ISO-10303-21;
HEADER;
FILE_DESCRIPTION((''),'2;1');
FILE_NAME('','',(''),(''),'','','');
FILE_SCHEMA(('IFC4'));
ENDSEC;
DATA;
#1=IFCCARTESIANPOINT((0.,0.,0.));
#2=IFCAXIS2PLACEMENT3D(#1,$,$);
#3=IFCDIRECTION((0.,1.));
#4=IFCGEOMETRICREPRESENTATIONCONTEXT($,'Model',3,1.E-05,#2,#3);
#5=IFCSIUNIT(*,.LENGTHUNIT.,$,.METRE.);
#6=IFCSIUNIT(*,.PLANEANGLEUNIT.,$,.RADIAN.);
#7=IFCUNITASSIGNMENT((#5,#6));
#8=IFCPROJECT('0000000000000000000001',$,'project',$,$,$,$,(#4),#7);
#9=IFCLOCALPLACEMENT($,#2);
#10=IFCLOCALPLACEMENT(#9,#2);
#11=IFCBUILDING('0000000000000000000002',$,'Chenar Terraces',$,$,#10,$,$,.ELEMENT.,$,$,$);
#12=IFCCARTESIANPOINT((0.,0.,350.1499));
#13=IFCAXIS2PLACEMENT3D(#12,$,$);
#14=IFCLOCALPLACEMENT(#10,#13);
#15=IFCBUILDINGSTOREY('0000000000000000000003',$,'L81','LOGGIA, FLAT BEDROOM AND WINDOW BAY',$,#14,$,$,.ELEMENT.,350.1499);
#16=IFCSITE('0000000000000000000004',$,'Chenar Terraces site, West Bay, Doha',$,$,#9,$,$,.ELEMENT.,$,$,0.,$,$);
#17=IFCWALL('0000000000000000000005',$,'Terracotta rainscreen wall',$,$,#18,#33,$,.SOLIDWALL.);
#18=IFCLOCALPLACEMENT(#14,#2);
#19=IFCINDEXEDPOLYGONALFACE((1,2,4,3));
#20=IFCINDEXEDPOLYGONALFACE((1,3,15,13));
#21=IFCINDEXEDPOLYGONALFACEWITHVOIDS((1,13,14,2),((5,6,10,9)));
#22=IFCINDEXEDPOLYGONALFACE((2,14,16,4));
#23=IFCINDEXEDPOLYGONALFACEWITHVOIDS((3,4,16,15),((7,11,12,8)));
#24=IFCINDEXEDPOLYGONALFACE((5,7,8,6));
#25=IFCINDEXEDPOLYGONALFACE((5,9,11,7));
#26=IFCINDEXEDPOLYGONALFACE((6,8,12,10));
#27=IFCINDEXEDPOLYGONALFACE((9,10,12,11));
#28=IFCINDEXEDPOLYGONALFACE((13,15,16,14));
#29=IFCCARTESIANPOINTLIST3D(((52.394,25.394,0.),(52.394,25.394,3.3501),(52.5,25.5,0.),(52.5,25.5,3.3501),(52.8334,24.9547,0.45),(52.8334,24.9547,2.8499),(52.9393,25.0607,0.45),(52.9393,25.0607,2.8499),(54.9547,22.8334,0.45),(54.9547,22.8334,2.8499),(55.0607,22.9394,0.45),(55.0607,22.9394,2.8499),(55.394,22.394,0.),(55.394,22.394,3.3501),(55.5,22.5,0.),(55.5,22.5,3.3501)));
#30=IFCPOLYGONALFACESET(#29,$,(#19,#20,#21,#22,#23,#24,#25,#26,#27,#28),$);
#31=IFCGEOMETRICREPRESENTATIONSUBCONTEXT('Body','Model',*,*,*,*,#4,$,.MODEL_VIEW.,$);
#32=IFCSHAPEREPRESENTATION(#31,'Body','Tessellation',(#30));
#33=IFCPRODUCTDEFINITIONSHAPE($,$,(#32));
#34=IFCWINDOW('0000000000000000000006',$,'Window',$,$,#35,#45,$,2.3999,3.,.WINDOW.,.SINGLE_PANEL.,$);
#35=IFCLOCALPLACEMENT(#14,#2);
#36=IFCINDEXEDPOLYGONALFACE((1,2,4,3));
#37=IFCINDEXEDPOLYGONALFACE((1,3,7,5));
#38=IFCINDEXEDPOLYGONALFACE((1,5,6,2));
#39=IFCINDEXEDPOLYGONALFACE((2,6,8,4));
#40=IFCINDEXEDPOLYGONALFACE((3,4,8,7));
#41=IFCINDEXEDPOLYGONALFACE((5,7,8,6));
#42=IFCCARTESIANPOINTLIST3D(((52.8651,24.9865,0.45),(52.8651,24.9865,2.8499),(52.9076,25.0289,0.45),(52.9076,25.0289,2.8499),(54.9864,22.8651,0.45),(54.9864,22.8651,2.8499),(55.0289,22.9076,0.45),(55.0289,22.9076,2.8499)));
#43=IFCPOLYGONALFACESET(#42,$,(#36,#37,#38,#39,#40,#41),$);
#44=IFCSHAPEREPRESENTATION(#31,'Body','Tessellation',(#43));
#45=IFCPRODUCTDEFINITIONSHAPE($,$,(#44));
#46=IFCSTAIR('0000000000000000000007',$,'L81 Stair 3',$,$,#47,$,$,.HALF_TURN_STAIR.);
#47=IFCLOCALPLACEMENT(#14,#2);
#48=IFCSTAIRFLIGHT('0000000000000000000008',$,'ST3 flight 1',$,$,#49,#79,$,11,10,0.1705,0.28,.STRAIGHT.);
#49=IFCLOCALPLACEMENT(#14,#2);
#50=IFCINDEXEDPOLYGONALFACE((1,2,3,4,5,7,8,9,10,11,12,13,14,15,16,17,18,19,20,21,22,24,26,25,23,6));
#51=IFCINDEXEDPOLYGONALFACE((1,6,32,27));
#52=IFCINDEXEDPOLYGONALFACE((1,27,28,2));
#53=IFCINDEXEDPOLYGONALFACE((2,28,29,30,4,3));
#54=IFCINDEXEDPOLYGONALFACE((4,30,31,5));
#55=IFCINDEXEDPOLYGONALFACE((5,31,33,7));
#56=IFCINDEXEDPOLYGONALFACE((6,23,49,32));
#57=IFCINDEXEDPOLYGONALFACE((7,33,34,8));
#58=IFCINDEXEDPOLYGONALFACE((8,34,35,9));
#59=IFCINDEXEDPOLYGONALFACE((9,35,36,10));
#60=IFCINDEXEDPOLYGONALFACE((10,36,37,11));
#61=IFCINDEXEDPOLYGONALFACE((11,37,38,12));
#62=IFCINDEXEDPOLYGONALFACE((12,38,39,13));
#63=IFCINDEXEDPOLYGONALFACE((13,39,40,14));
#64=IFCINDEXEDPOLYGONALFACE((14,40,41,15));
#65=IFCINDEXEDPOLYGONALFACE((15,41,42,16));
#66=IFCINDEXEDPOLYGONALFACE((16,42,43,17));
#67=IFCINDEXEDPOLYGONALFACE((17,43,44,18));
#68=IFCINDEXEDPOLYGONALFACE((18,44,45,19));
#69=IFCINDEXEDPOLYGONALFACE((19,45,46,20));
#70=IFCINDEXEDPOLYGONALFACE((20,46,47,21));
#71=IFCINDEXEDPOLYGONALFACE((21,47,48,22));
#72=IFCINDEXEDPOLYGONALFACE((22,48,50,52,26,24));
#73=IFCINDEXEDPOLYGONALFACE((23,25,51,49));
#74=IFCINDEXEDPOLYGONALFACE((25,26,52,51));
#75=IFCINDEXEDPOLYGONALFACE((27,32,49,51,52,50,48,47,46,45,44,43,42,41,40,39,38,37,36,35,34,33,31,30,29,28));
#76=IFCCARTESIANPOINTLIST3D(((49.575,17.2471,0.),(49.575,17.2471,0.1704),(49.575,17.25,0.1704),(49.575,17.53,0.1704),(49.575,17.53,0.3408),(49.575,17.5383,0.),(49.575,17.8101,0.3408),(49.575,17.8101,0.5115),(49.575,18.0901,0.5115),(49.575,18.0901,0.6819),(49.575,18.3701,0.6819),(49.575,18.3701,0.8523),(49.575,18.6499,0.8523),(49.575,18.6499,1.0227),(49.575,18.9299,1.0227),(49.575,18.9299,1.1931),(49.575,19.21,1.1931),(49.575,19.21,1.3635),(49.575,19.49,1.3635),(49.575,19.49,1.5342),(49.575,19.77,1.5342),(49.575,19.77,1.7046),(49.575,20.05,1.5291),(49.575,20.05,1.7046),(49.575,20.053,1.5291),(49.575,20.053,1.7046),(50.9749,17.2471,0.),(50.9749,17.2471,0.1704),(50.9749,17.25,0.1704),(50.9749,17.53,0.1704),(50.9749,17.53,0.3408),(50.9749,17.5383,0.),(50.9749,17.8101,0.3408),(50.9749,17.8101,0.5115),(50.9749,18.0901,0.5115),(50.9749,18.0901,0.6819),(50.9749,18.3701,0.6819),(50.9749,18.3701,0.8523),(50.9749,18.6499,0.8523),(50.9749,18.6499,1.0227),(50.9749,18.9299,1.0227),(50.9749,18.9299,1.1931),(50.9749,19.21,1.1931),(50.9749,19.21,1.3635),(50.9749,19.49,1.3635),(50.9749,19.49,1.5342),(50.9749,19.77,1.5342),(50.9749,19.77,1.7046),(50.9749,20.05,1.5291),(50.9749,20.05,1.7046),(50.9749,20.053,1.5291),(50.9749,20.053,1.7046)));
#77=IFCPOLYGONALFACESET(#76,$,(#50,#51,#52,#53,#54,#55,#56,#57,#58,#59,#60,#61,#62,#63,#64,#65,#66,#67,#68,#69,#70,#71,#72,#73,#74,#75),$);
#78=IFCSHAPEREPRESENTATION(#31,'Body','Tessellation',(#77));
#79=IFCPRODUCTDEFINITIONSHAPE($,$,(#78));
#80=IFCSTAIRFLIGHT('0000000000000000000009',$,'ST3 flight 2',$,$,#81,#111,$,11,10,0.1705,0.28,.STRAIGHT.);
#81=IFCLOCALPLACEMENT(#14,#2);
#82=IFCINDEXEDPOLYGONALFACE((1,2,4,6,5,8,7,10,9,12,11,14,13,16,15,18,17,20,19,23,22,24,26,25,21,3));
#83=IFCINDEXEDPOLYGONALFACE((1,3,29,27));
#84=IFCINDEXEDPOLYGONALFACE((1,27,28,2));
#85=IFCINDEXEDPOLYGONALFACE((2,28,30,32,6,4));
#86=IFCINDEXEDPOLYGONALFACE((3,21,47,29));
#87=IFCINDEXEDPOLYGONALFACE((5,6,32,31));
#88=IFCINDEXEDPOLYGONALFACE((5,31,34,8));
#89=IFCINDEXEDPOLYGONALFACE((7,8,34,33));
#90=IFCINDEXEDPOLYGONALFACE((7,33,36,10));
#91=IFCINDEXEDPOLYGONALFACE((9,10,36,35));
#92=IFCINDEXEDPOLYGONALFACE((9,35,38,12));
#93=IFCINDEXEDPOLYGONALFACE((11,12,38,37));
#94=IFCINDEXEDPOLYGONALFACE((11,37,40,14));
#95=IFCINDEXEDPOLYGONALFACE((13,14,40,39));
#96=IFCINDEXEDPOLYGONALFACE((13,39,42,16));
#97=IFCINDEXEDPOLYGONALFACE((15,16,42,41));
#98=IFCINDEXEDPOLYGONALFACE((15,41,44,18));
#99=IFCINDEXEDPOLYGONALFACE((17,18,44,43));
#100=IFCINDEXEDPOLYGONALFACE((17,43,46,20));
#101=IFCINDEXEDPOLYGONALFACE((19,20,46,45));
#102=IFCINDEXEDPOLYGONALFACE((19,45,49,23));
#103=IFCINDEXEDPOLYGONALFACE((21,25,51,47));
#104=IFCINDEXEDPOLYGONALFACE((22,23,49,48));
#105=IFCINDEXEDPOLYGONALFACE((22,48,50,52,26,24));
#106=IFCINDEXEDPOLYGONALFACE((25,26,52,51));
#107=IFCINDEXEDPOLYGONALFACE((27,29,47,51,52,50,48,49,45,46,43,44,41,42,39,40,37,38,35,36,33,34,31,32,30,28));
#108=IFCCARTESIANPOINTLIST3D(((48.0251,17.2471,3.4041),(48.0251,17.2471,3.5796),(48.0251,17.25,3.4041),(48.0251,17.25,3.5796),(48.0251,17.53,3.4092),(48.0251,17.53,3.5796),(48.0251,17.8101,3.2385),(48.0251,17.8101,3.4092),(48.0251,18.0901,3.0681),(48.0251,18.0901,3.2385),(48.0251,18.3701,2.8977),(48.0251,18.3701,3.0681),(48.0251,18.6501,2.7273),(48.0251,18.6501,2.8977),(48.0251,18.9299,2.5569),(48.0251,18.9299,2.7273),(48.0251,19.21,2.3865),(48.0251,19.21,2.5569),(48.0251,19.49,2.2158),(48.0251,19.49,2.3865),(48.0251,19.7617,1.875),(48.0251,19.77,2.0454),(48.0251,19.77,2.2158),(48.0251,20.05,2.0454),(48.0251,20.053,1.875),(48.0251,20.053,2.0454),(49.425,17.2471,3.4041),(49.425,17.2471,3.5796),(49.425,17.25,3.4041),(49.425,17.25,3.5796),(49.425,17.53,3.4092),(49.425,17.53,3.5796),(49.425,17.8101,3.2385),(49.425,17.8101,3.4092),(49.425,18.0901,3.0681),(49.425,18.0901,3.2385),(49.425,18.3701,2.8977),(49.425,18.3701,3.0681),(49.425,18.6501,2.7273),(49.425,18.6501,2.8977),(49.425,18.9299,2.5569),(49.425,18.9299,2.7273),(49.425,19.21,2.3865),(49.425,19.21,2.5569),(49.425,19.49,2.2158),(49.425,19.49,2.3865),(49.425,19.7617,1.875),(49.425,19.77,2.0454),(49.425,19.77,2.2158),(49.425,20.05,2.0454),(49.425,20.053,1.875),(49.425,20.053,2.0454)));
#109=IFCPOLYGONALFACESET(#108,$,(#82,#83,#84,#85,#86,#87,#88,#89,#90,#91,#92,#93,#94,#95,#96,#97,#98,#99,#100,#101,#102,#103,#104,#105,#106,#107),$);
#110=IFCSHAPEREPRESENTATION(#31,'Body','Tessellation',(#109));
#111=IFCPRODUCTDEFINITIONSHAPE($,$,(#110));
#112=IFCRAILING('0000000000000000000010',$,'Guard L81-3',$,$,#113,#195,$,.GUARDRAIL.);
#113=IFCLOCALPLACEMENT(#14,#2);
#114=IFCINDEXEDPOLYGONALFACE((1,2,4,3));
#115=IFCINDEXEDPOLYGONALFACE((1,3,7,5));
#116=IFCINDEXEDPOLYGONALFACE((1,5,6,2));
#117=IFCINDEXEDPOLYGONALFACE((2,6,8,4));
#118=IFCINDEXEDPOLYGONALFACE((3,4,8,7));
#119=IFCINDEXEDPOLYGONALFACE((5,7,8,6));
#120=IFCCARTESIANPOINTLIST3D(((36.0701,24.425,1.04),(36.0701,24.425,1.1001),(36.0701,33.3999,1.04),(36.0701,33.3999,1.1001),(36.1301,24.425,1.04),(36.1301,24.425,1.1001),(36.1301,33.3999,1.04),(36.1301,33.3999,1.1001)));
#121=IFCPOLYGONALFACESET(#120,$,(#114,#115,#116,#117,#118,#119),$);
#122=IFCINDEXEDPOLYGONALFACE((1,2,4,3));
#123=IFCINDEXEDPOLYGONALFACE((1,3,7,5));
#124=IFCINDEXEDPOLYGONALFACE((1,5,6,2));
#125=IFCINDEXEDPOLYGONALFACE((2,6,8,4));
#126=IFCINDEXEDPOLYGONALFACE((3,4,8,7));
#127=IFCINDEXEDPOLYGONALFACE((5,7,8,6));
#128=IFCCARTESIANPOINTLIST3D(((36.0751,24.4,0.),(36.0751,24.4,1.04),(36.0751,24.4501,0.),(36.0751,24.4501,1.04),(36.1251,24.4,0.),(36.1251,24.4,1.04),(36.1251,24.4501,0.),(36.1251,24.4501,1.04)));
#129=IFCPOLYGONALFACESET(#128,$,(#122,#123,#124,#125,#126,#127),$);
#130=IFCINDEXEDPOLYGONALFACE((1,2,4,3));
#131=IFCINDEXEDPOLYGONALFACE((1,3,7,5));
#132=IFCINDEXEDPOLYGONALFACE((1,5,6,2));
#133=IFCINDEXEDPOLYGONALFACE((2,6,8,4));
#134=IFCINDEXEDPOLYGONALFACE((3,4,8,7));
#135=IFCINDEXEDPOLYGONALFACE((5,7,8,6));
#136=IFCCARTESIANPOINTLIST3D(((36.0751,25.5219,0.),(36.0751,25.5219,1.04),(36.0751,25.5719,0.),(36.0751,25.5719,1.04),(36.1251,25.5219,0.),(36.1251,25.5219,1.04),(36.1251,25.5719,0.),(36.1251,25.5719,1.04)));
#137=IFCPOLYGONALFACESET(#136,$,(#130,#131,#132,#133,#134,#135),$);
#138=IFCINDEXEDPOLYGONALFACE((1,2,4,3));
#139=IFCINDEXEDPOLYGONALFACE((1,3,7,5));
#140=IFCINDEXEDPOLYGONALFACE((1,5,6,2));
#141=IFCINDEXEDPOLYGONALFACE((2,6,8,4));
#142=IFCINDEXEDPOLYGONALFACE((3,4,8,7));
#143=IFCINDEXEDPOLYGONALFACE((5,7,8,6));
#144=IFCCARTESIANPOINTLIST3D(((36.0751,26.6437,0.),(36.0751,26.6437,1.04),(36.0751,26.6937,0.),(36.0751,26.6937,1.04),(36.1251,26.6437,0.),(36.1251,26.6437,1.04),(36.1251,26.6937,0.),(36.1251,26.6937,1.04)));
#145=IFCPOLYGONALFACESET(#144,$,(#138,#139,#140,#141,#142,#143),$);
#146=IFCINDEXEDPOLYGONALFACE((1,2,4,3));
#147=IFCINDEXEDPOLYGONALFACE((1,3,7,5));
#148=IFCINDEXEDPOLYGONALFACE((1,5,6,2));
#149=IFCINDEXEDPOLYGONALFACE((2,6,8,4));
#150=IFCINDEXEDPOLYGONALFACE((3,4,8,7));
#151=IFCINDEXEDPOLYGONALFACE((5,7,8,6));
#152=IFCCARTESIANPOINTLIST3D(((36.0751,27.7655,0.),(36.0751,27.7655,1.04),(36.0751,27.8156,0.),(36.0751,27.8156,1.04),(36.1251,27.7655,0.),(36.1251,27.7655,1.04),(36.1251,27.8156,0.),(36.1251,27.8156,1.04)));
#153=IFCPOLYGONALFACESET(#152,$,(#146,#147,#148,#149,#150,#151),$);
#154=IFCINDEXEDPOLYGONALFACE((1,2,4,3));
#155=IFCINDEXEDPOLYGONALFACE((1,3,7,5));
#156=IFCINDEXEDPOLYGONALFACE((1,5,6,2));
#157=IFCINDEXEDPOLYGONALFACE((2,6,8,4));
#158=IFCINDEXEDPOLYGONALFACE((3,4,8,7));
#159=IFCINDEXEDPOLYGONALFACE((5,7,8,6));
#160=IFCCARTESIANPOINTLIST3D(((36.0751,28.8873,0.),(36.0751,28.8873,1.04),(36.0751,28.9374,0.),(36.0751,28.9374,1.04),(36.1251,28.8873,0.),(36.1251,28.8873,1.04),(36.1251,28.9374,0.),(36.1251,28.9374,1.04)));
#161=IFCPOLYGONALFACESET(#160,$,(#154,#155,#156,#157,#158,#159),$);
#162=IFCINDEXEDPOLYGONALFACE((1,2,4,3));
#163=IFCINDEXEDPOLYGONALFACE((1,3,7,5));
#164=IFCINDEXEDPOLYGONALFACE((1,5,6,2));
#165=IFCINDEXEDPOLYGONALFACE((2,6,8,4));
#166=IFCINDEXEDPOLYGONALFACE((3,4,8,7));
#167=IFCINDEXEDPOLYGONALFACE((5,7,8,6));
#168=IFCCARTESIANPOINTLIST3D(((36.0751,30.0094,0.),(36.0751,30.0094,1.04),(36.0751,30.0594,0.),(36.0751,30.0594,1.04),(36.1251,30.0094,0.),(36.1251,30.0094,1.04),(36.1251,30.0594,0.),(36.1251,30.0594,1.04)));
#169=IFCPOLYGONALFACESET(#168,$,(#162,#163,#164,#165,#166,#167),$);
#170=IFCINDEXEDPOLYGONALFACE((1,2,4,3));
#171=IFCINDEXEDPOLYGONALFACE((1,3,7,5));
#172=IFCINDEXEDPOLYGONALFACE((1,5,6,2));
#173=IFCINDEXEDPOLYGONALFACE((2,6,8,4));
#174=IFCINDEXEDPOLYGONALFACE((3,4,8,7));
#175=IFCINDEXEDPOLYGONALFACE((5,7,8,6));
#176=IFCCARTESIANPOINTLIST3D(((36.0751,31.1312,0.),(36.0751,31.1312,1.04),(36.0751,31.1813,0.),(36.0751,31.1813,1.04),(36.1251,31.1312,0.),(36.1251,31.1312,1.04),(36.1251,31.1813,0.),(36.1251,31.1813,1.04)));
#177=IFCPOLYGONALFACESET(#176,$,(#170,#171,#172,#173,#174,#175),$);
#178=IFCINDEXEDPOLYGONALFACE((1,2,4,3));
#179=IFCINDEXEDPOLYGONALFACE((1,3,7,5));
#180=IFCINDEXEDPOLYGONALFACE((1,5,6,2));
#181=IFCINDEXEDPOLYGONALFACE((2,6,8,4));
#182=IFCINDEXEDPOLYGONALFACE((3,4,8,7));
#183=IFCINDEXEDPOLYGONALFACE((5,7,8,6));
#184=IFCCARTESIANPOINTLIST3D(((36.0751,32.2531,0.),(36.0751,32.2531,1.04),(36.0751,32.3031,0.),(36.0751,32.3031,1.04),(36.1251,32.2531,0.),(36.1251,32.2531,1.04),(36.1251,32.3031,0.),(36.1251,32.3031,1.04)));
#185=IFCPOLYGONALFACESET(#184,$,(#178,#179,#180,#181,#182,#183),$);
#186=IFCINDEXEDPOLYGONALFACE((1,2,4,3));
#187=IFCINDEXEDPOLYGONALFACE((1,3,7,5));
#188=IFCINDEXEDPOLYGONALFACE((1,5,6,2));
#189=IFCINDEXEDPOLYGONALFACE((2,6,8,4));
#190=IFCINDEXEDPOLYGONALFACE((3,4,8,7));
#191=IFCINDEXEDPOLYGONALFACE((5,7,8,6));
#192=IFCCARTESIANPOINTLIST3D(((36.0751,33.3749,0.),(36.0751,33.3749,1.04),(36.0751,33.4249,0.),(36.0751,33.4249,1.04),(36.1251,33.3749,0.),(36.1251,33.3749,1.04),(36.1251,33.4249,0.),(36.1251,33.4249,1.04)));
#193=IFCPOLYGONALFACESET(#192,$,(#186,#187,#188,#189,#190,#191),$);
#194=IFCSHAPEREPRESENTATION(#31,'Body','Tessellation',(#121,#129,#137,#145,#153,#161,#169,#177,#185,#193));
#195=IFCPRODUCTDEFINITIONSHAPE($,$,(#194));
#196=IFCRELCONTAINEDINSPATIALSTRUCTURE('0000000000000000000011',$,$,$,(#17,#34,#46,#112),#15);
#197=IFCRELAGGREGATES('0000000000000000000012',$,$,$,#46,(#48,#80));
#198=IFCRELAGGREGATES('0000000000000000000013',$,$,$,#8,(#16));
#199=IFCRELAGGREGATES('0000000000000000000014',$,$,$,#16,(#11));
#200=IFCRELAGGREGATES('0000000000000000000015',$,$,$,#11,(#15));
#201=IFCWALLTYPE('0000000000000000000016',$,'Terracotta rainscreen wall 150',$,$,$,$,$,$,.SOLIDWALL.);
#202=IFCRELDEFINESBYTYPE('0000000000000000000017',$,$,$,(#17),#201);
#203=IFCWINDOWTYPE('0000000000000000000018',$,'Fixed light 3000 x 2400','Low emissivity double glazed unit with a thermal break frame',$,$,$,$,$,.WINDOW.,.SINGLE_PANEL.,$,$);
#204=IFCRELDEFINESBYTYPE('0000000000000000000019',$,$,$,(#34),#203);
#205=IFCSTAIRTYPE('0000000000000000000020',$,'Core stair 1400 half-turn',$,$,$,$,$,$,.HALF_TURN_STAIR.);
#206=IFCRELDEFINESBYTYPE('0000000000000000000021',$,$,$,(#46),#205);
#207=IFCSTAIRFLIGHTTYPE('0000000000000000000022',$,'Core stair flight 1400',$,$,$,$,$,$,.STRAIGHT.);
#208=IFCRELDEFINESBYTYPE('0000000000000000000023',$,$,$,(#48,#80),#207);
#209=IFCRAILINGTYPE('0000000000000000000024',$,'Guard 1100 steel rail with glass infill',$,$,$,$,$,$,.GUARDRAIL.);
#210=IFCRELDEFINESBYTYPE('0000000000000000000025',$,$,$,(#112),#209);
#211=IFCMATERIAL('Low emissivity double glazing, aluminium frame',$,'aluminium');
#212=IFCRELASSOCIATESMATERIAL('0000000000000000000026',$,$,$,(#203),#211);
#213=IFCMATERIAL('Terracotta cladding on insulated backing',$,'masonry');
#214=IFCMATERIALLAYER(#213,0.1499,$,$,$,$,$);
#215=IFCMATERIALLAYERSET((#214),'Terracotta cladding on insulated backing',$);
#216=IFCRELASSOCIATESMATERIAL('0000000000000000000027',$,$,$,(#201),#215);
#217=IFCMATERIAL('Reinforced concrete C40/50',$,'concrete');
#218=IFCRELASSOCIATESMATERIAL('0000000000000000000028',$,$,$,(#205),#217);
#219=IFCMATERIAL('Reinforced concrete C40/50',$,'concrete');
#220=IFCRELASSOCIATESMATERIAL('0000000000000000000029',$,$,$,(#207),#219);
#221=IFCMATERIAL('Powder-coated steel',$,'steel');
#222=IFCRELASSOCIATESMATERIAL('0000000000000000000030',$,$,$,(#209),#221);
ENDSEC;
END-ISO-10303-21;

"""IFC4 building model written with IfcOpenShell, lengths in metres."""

from ifc_helpers import new_model, si_unit, direction, frame, frame_2d, origin, origin_2d, place, context, subcontext, project, spatial, polyline, rectangle, outline, extrude, material, layer, layer_set, type_object, element, fill, aggregate, save


model = new_model("IFC4")

# Units and contexts
model_context = context("Model", 3, precision=1e-05, world=origin(), true_north=direction((0.0, 1.0)))
body_context = subcontext(model_context, "Body", "Model", "MODEL_VIEW")
ifc_project = project(units=[si_unit("LENGTHUNIT", "METRE"), si_unit("PLANEANGLEUNIT", "RADIAN")], contexts=[model_context])

# Site, building, storey
site_placement = place(None, origin())
site = spatial("IfcSite", under=ifc_project, at=site_placement, Name="Chenar Terraces site, West Bay, Doha", CompositionType="ELEMENT", RefElevation=0.0)
building_placement = place(site_placement, origin())
building = spatial("IfcBuilding", under=site, at=building_placement, Name="Chenar Terraces", CompositionType="ELEMENT")
storey_placement = place(building_placement, frame((0.0, 0.0, 350.1499)))
storey = spatial("IfcBuildingStorey", under=building, at=storey_placement, Name="L81", Description="LOGGIA, FLAT BEDROOM AND WINDOW BAY", CompositionType="ELEMENT", Elevation=350.1499)

# Shared definitions
placement = place(storey_placement, origin())

# Shared definitions
ifc_material_1 = material(Name="Low emissivity double glazing, aluminium frame", Category="aluminium")
window_type_1 = type_object("IfcWindowType", Name="Fixed light 3000 x 2400", Description="Low emissivity double glazed unit with a thermal break frame", PartitioningType="SINGLE_PANEL", PredefinedType="WINDOW", material=ifc_material_1)

# Wall, opening, window
ifc_material_2 = material(Name="Terracotta cladding on insulated backing", Category="masonry")
ifc_layer_1 = layer(ifc_material_2, 0.1499)
ifc_layer_set_1 = layer_set([ifc_layer_1], Name="Terracotta cladding on insulated backing")
wall_type_1 = type_object("IfcWallType", Name="Terracotta rainscreen wall 150", PredefinedType="SOLIDWALL", material=ifc_layer_set_1)
wall_1_placement = place(storey_placement, frame((55.447, 22.447, 0.0), z_axis=(0.0, 0.0, 1.0), x_axis=(-0.707107, 0.707107, 0.0)))
wall_1 = element("IfcWall", 1, at=wall_1_placement, inside=storey, type_object=wall_type_1, Name="Terracotta rainscreen wall", PredefinedType="SOLIDWALL", context=body_context, shape_type="SweptSolid", body=[
    extrude(rectangle(XDim=4.2427, YDim=0.1499, at=frame_2d((2.1213, 0.0))), origin(), (0.0, 0.0, 1.0), 3.3501),
])
opening_1_placement = place(wall_1_placement, frame((0.6213, 0.0, 0.45)))
opening_1 = element("IfcOpeningElement", 2, at=opening_1_placement, cuts=wall_1, PredefinedType="OPENING", context=body_context, shape_type="SweptSolid", body=[
    extrude(rectangle(XDim=3.0, YDim=2.3999, at=frame_2d((1.5, 1.2))), frame((0.0, 0.085, 0.0), z_axis=(0.0, -1.0, 0.0), x_axis=(1.0, 0.0, 0.0)), (0.0, 0.0, 1.0), 0.1699),
])
window_1_placement = place(opening_1_placement, origin())
window_1 = element("IfcWindow", 3, at=window_1_placement, inside=storey, type_object=window_type_1, Name="Window", OverallHeight=2.3999, OverallWidth=3.0, PartitioningType="SINGLE_PANEL", PredefinedType="WINDOW", context=body_context, shape_type="SweptSolid", body=[
    extrude(rectangle(XDim=3.0, YDim=2.3999, at=frame_2d((1.5, 1.2))), frame((0.0, 0.03, 0.0), z_axis=(0.0, -1.0, 0.0), x_axis=(1.0, 0.0, 0.0)), (0.0, 0.0, 1.0), 0.0601),
])
fill(opening_1, window_1)

# Stair, stair flights
ifc_material_3 = material(Name="Reinforced concrete C40/50", Category="concrete")
stair_type = type_object("IfcStairType", Name="Core stair 1400 half-turn", PredefinedType="HALF_TURN_STAIR", material=ifc_material_3)
stair = element("IfcStair", 4, at=placement, inside=storey, type_object=stair_type, Name="L81 Stair 3", PredefinedType="HALF_TURN_STAIR")
ifc_material_4 = material(Name="Reinforced concrete C40/50", Category="concrete")
stair_flight_type = type_object("IfcStairFlightType", Name="Core stair flight 1400", PredefinedType="STRAIGHT", material=ifc_material_4)
stair_flight_1_placement = place(storey_placement, frame((50.2749, 17.25, 0.0), z_axis=(0.0, 0.0, 1.0), x_axis=(0.0, 1.0, 0.0)))
stair_flight_1 = element("IfcStairFlight", 5, at=stair_flight_1_placement, type_object=stair_flight_type, Name="ST3 flight 1", NumberOfRisers=11, NumberOfTreads=10, PredefinedType="STRAIGHT", RiserHeight=0.1705, TreadLength=0.28, context=body_context, shape_type="SweptSolid", body=[
    extrude(outline(polyline([(-0.0029, 0.0), (-0.0029, 0.1704), (0.0, 0.1704), (0.28, 0.1704), (0.28, 0.3408), (0.5601, 0.3408), (0.5601, 0.5115), (0.8401, 0.5115), (0.8401, 0.6819), (1.1201, 0.6819), (1.1201, 0.8523), (1.3999, 0.8523), (1.3999, 1.0227), (1.6799, 1.0227), (1.6799, 1.1931), (1.96, 1.1931), (1.96, 1.3635), (2.24, 1.3635), (2.24, 1.5342), (2.52, 1.5342), (2.52, 1.7046), (2.8, 1.7046), (2.803, 1.7046), (2.803, 1.5291), (2.8, 1.5291), (0.2883, 0.0), (-0.0029, 0.0)])), frame((0.0, 0.7, 0.0), z_axis=(0.0, -1.0, 0.0), x_axis=(1.0, 0.0, 0.0)), (0.0, 0.0, 1.0), 1.3999),
])
stair_flight_2_placement = place(storey_placement, frame((48.7251, 20.05, 1.875), z_axis=(0.0, 0.0, 1.0), x_axis=(0.0, -1.0, 0.0)))
stair_flight_2 = element("IfcStairFlight", 6, at=stair_flight_2_placement, type_object=stair_flight_type, Name="ST3 flight 2", NumberOfRisers=11, NumberOfTreads=10, PredefinedType="STRAIGHT", RiserHeight=0.1705, TreadLength=0.28, context=body_context, shape_type="SweptSolid", body=[
    extrude(outline(polyline([(-0.0029, 0.0), (-0.0029, 0.1704), (0.0, 0.1704), (0.28, 0.1704), (0.28, 0.3408), (0.5601, 0.3408), (0.5601, 0.5115), (0.8401, 0.5115), (0.8401, 0.6819), (1.1201, 0.6819), (1.1201, 0.8523), (1.3999, 0.8523), (1.3999, 1.0227), (1.6799, 1.0227), (1.6799, 1.1931), (1.96, 1.1931), (1.96, 1.3635), (2.24, 1.3635), (2.24, 1.5342), (2.52, 1.5342), (2.52, 1.7046), (2.8, 1.7046), (2.803, 1.7046), (2.803, 1.5291), (2.8, 1.5291), (0.2883, 0.0), (-0.0029, 0.0)])), frame((0.0, 0.7, 0.0), z_axis=(0.0, -1.0, 0.0), x_axis=(1.0, 0.0, 0.0)), (0.0, 0.0, 1.0), 1.3999),
])
aggregate(stair, [stair_flight_1, stair_flight_2])

# Railing
ifc_material_5 = material(Name="Powder-coated steel", Category="steel")
railing_type_1 = type_object("IfcRailingType", Name="Guard 1100 steel rail with glass infill", PredefinedType="GUARDRAIL", material=ifc_material_5)
railing_1_placement = place(storey_placement, frame((36.1001, 24.425, 0.0)))
element("IfcRailing", 7, at=railing_1_placement, inside=storey, type_object=railing_type_1, Name="Guard L81-3", PredefinedType="GUARDRAIL", context=body_context, shape_type="SweptSolid", body=[
    extrude(rectangle(XDim=0.0601, YDim=0.0601, at=origin_2d()), frame((0.0, 0.0, 1.0701), z_axis=(0.0, 1.0, 0.0), x_axis=(-1.0, 0.0, 0.0)), (0.0, 0.0, 1.0), 8.9749),
    extrude(rectangle(XDim=0.05, YDim=0.05, at=origin_2d()), origin(), (0.0, 0.0, 1.0), 1.04),
    extrude(rectangle(XDim=0.05, YDim=0.05, at=origin_2d()), frame((0.0, 1.1218, 0.0)), (0.0, 0.0, 1.0), 1.04),
    extrude(rectangle(XDim=0.05, YDim=0.05, at=origin_2d()), frame((0.0, 2.2437, 0.0)), (0.0, 0.0, 1.0), 1.04),
    extrude(rectangle(XDim=0.05, YDim=0.05, at=origin_2d()), frame((0.0, 3.3655, 0.0)), (0.0, 0.0, 1.0), 1.04),
    extrude(rectangle(XDim=0.05, YDim=0.05, at=origin_2d()), frame((0.0, 4.4873, 0.0)), (0.0, 0.0, 1.0), 1.04),
    extrude(rectangle(XDim=0.05, YDim=0.05, at=origin_2d()), frame((0.0, 5.6094, 0.0)), (0.0, 0.0, 1.0), 1.04),
    extrude(rectangle(XDim=0.05, YDim=0.05, at=origin_2d()), frame((0.0, 6.7312, 0.0)), (0.0, 0.0, 1.0), 1.04),
    extrude(rectangle(XDim=0.05, YDim=0.05, at=origin_2d()), frame((0.0, 7.853, 0.0)), (0.0, 0.0, 1.0), 1.04),
    extrude(rectangle(XDim=0.05, YDim=0.05, at=origin_2d()), frame((0.0, 8.9749, 0.0)), (0.0, 0.0, 1.0), 1.04),
])

save(model, "model.ifc")
